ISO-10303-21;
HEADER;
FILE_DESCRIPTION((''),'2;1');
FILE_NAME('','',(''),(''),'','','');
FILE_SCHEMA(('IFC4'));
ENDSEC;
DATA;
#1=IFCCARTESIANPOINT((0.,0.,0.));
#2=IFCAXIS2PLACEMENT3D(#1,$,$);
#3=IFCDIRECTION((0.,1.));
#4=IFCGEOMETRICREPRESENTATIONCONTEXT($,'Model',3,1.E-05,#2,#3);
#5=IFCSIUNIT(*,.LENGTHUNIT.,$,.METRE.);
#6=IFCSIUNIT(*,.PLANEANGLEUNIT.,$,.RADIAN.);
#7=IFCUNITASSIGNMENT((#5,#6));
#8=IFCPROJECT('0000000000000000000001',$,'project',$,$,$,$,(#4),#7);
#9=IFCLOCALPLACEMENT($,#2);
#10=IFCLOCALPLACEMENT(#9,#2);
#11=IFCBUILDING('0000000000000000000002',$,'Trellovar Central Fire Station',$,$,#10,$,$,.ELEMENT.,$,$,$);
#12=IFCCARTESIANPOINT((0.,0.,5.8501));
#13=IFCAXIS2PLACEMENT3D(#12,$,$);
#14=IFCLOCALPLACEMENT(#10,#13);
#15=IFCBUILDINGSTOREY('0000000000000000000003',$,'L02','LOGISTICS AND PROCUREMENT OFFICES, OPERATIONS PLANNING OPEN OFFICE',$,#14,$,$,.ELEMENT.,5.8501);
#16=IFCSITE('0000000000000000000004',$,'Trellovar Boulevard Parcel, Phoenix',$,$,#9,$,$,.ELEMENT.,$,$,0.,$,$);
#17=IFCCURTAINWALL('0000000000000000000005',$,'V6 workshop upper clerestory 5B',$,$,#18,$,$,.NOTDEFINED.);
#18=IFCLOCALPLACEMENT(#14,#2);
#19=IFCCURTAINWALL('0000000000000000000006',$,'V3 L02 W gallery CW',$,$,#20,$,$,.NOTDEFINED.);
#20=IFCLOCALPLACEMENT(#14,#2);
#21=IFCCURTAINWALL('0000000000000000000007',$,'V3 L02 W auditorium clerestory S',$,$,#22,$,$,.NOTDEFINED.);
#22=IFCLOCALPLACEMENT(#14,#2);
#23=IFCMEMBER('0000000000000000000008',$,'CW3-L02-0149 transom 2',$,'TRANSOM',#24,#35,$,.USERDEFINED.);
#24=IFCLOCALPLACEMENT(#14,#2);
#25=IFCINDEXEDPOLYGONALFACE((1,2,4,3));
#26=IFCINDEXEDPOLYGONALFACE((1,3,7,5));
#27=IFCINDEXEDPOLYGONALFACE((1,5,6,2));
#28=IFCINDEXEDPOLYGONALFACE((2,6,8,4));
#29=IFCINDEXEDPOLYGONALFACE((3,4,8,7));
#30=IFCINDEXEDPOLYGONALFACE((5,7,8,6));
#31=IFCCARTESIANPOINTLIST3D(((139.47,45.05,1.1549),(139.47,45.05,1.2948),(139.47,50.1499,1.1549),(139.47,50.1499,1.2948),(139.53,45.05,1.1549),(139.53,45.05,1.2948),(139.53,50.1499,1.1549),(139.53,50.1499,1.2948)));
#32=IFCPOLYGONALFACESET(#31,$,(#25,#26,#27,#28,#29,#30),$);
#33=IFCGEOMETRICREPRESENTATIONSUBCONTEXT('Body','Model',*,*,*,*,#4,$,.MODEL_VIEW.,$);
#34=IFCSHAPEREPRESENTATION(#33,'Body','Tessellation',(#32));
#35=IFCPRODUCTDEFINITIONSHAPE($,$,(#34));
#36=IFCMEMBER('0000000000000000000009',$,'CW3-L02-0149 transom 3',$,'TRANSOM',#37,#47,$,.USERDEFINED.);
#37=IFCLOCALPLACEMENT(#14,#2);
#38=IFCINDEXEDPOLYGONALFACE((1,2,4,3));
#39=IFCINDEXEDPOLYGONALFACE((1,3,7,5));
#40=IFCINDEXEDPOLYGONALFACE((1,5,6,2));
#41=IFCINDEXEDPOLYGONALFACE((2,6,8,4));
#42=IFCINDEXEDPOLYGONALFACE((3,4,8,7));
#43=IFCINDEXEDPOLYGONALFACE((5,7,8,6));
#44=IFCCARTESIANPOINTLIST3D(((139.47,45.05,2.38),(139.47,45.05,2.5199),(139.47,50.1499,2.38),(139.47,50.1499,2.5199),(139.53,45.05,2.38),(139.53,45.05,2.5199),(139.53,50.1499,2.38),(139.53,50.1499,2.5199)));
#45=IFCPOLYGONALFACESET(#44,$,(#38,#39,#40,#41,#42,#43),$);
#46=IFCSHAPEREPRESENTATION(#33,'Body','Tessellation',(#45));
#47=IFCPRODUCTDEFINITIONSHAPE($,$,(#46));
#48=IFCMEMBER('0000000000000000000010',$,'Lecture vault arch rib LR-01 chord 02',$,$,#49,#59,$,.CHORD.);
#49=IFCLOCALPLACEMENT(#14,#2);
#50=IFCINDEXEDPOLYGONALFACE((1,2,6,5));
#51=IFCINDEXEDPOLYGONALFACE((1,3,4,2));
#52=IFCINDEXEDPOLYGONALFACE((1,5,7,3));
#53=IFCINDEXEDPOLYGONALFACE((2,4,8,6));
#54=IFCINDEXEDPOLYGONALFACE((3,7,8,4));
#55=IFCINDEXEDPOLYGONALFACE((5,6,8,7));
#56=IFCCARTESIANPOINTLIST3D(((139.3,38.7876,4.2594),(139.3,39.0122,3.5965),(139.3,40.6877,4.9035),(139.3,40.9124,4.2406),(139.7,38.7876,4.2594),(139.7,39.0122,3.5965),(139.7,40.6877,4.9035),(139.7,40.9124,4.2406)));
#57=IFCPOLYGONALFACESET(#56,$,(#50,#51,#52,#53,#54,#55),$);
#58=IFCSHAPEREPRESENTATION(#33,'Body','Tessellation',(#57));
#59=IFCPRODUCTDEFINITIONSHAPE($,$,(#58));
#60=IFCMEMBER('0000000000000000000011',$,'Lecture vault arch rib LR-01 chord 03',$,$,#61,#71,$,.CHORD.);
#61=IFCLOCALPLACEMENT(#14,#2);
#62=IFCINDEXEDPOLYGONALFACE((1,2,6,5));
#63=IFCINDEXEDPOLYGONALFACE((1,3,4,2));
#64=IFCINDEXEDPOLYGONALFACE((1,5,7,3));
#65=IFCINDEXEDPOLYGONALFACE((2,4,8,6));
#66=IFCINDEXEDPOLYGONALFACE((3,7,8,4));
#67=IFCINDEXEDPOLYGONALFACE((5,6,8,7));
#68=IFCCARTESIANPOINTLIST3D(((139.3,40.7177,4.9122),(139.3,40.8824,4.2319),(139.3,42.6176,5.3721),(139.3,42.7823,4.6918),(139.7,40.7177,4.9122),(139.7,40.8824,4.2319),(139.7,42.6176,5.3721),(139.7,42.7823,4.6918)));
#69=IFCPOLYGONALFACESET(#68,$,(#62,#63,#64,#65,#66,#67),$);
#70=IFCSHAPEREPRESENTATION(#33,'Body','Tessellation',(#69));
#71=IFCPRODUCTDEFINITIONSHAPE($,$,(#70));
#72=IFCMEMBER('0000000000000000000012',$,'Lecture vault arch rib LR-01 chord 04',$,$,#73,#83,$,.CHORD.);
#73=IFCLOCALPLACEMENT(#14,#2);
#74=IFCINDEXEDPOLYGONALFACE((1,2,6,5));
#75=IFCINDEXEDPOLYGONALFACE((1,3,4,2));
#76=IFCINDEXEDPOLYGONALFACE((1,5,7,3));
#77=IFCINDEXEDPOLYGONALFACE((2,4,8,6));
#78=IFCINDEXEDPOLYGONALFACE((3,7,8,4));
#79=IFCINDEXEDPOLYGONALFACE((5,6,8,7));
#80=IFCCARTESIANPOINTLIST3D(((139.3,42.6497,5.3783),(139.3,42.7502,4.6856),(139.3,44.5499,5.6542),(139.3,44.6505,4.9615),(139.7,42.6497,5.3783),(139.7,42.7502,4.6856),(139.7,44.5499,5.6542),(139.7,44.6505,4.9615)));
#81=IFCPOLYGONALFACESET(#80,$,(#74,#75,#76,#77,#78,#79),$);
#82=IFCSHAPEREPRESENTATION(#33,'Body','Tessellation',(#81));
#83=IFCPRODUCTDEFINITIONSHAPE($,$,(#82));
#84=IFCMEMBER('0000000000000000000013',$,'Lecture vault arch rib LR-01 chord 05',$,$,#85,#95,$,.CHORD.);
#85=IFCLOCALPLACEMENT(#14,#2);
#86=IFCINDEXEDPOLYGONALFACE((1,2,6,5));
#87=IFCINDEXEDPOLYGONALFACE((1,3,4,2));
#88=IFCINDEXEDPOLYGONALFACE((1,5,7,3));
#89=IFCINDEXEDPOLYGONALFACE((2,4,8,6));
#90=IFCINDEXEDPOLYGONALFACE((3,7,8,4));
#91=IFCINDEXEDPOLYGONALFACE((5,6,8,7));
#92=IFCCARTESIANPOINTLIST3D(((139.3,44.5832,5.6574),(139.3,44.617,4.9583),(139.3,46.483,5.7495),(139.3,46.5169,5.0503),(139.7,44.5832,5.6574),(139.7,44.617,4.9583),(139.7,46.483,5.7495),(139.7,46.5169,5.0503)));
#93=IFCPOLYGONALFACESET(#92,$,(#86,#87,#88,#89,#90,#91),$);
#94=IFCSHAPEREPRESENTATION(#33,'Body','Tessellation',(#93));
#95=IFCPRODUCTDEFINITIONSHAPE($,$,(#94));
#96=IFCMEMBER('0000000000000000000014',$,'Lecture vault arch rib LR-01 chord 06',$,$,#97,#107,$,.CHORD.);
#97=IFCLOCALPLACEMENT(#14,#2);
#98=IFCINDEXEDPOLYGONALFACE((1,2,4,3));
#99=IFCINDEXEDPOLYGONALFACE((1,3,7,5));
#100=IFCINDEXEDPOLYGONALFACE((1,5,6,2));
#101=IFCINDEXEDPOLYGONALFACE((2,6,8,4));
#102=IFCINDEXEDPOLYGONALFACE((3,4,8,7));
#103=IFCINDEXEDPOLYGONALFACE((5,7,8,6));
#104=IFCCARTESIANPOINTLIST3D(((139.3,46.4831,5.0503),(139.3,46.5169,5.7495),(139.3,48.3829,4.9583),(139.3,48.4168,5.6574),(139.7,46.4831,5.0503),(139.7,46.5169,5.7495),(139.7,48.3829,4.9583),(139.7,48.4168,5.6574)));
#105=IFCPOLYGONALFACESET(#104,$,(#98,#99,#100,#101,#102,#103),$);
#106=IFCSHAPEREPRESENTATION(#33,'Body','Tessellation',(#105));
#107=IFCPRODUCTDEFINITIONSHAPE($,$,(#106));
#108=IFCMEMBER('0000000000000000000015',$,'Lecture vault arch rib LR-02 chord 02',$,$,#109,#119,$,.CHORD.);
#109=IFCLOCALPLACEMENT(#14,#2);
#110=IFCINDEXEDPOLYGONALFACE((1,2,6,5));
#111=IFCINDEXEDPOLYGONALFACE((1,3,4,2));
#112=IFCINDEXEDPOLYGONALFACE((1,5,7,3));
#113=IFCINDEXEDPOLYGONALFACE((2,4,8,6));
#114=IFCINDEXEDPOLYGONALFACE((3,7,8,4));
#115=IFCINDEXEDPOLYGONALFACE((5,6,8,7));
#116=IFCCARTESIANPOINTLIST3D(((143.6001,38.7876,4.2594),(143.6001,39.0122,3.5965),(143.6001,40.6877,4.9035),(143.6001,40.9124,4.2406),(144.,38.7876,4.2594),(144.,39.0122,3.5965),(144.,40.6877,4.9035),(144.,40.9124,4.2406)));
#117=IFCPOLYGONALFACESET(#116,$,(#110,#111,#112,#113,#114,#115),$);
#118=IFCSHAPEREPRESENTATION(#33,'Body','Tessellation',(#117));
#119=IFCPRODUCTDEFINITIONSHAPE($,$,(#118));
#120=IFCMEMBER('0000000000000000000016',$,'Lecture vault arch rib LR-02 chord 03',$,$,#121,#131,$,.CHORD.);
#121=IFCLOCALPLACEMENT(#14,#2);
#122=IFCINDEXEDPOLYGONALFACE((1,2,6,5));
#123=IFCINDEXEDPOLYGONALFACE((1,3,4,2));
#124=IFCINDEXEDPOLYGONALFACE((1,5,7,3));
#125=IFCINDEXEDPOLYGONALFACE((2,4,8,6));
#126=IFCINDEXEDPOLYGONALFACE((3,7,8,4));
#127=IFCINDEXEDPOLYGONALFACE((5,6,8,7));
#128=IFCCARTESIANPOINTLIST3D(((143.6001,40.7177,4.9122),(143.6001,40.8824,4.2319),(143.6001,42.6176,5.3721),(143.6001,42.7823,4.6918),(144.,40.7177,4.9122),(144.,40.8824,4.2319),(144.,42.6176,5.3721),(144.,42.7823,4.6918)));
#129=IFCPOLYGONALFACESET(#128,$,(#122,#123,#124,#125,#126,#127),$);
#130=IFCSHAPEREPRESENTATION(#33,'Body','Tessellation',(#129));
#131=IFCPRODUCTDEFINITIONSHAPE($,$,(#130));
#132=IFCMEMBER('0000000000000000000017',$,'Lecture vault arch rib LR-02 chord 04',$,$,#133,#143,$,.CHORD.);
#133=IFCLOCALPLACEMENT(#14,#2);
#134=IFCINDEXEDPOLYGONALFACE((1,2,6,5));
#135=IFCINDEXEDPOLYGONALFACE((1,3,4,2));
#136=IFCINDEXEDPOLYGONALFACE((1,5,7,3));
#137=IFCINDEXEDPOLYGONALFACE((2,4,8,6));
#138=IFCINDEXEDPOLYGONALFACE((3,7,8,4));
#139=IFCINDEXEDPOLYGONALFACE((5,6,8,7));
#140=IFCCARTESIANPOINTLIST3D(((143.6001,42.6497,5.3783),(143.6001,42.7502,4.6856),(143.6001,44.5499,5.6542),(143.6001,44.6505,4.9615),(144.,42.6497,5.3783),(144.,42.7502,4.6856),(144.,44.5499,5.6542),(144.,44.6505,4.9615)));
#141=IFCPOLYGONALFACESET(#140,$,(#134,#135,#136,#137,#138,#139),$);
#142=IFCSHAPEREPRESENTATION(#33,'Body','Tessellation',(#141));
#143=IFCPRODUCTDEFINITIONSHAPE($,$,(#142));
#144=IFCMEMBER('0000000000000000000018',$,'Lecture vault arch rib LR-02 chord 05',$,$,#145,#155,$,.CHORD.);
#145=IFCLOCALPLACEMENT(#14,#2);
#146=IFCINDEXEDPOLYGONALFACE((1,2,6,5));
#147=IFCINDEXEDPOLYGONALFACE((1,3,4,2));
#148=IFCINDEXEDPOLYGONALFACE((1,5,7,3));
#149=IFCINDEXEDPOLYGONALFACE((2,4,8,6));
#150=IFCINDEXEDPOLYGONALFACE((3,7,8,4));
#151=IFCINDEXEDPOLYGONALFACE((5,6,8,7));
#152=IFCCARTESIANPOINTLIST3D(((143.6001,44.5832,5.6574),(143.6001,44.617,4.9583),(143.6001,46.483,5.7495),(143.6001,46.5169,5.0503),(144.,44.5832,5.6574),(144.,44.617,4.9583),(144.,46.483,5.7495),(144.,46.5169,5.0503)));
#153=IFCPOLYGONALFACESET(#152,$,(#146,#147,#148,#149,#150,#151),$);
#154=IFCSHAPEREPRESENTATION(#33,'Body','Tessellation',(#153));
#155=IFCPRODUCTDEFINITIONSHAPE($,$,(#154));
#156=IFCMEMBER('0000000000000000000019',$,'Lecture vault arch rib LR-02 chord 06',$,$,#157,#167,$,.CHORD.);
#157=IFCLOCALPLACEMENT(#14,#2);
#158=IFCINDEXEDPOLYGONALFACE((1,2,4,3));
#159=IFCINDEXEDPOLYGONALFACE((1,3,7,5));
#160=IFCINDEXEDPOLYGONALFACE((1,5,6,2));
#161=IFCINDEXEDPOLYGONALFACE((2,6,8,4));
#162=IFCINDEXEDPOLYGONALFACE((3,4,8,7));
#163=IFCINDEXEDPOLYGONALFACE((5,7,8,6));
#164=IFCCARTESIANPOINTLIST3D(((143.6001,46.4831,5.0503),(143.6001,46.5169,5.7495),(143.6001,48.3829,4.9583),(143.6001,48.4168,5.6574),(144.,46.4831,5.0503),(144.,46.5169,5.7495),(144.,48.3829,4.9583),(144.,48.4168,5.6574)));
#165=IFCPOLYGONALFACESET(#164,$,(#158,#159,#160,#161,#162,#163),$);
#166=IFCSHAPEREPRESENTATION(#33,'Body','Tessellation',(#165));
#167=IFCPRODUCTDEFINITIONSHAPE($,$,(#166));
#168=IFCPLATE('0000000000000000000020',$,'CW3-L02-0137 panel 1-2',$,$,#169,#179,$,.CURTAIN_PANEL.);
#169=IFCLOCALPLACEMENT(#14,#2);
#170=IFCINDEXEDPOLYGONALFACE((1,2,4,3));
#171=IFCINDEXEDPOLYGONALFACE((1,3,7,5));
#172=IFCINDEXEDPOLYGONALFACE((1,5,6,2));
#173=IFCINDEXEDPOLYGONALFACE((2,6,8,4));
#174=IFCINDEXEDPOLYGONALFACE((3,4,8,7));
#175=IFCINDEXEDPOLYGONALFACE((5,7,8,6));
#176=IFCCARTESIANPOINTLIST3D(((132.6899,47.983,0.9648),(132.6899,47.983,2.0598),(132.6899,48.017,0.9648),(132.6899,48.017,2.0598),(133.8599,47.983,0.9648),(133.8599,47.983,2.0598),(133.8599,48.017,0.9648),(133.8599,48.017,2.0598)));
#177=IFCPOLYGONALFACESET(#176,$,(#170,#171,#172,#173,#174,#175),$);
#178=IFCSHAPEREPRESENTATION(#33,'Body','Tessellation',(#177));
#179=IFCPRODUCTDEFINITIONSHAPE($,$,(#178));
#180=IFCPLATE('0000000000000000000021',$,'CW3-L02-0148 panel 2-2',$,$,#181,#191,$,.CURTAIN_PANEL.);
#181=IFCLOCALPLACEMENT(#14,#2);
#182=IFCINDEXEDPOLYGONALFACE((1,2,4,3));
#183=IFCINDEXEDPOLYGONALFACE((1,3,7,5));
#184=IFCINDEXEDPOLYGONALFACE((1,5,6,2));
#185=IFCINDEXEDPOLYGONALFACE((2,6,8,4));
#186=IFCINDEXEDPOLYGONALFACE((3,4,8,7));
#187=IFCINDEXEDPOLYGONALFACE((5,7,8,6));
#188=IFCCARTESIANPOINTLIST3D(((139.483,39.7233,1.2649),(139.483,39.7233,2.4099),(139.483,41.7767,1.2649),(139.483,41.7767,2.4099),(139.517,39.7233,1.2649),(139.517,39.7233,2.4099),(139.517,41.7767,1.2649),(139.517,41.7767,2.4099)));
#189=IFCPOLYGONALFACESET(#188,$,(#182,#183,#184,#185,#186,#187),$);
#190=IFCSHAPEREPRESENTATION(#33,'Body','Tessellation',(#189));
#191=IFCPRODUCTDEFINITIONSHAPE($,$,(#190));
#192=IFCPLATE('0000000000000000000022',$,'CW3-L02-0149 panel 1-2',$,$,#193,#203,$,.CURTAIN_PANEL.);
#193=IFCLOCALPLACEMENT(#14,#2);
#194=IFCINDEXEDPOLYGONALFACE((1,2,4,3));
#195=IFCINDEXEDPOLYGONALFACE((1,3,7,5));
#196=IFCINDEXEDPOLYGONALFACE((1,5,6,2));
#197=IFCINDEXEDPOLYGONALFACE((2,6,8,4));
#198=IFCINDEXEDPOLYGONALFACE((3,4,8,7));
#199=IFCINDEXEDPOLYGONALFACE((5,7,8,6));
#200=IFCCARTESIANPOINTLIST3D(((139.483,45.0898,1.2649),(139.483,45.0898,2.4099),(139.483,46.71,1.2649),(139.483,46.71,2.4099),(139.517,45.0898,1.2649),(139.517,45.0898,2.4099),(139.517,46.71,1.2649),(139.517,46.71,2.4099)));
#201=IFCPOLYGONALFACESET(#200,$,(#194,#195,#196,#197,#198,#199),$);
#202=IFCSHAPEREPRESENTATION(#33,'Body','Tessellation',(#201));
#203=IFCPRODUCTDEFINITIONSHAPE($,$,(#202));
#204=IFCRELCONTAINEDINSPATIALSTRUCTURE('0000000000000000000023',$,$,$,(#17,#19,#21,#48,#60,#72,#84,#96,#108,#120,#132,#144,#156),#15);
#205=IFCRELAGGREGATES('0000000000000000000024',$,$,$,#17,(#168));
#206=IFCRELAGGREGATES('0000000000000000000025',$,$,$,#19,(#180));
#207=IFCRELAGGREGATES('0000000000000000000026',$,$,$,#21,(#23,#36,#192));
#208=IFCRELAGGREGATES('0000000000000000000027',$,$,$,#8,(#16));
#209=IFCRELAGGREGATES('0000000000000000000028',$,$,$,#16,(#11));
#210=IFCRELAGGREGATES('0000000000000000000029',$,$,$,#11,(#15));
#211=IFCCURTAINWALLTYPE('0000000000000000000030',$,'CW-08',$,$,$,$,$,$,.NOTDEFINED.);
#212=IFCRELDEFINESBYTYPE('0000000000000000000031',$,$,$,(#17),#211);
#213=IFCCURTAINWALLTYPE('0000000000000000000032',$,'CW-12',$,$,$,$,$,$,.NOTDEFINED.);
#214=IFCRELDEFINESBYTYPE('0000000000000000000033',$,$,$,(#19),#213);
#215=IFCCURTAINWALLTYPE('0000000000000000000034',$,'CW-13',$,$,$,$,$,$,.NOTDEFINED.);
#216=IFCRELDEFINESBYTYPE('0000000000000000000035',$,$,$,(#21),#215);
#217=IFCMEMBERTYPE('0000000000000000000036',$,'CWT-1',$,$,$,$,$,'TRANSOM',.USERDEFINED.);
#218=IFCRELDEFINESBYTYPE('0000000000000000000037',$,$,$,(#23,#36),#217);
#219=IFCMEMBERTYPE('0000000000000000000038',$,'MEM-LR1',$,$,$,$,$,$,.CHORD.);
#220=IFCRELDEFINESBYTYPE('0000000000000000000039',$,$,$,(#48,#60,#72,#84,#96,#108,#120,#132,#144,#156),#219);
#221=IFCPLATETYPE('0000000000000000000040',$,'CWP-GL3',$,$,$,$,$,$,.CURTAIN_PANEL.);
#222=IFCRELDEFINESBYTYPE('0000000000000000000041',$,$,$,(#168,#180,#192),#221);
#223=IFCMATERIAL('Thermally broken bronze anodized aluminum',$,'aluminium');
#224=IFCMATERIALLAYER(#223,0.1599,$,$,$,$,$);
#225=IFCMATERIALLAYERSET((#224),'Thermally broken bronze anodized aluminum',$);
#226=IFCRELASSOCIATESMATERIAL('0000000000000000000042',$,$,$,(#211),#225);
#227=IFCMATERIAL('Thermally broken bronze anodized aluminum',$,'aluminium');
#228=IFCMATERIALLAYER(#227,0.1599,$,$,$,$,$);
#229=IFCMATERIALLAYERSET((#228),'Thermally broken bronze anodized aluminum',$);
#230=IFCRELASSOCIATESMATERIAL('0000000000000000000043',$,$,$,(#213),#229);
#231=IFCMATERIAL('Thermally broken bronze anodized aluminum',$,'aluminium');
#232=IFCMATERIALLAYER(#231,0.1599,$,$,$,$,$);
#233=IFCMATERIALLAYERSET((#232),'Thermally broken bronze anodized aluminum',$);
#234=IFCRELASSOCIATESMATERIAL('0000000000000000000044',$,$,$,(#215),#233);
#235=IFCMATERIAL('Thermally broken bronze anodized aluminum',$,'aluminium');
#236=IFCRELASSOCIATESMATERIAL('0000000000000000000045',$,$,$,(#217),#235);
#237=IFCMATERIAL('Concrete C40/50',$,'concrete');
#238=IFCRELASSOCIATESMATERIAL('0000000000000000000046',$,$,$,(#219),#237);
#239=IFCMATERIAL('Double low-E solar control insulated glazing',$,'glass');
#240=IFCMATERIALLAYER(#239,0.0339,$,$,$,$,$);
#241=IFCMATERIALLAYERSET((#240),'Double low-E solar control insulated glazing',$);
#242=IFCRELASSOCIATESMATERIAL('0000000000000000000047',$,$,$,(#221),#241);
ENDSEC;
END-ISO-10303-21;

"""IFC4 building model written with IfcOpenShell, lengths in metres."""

from ifc_helpers import new_model, si_unit, direction, frame, origin, origin_2d, place, context, subcontext, project, spatial, rectangle, extrude, material, layer, layer_set, material_profile, profile_set, type_object, element, aggregate, save


model = new_model("IFC4")

# Units and contexts
model_context = context("Model", 3, precision=1e-05, world=origin(), true_north=direction((0.0, 1.0)))
body_context = subcontext(model_context, "Body", "Model", "MODEL_VIEW")
ifc_project = project(units=[si_unit("LENGTHUNIT", "METRE"), si_unit("PLANEANGLEUNIT", "RADIAN")], contexts=[model_context])

# Site, building, storey
site_placement = place(None, origin())
site = spatial("IfcSite", under=ifc_project, at=site_placement, Name="Trellovar Boulevard Parcel, Phoenix", CompositionType="ELEMENT", RefElevation=0.0)
building_placement = place(site_placement, origin())
building = spatial("IfcBuilding", under=site, at=building_placement, Name="Trellovar Central Fire Station", CompositionType="ELEMENT")
storey_placement = place(building_placement, frame((0.0, 0.0, 5.8501)))
storey = spatial("IfcBuildingStorey", under=building, at=storey_placement, Name="L02", Description="LOGISTICS AND PROCUREMENT OFFICES, OPERATIONS PLANNING OPEN OFFICE", CompositionType="ELEMENT", Elevation=5.8501)

# Curtain wall
ifc_material_1 = material(Name="Thermally broken bronze anodized aluminum", Category="aluminium")
ifc_layer_1 = layer(ifc_material_1, 0.1599)
ifc_layer_set_1 = layer_set([ifc_layer_1], Name="Thermally broken bronze anodized aluminum")
curtain_wall_type_1 = type_object("IfcCurtainWallType", Name="CW-08", PredefinedType="NOTDEFINED", material=ifc_layer_set_1)
curtain_wall_1_placement = place(storey_placement, origin())
curtain_wall_1 = element("IfcCurtainWall", 1, at=curtain_wall_1_placement, inside=storey, type_object=curtain_wall_type_1, Name="V6 workshop upper clerestory 5B", PredefinedType="NOTDEFINED")

# Curtain walls
ifc_material_2 = material(Name="Thermally broken bronze anodized aluminum", Category="aluminium")
ifc_layer_2 = layer(ifc_material_2, 0.1599)
ifc_layer_set_2 = layer_set([ifc_layer_2], Name="Thermally broken bronze anodized aluminum")
curtain_wall_type_2 = type_object("IfcCurtainWallType", Name="CW-12", PredefinedType="NOTDEFINED", material=ifc_layer_set_2)
curtain_wall_2_placement = place(storey_placement, origin())
curtain_wall_2 = element("IfcCurtainWall", 2, at=curtain_wall_2_placement, inside=storey, type_object=curtain_wall_type_2, Name="V3 L02 W gallery CW", PredefinedType="NOTDEFINED")
ifc_material_3 = material(Name="Thermally broken bronze anodized aluminum", Category="aluminium")
ifc_layer_3 = layer(ifc_material_3, 0.1599)
ifc_layer_set_3 = layer_set([ifc_layer_3], Name="Thermally broken bronze anodized aluminum")
curtain_wall_type_3 = type_object("IfcCurtainWallType", Name="CW-13", PredefinedType="NOTDEFINED", material=ifc_layer_set_3)
curtain_wall_3_placement = place(storey_placement, origin())
curtain_wall_3 = element("IfcCurtainWall", 3, at=curtain_wall_3_placement, inside=storey, type_object=curtain_wall_type_3, Name="V3 L02 W auditorium clerestory S", PredefinedType="NOTDEFINED")

# Members
ifc_material_4 = material(Name="Thermally broken bronze anodized aluminum", Category="aluminium")
ifc_material_profile_1 = material_profile(ifc_material_4, rectangle(XDim=0.0601, YDim=0.1399, at=origin_2d()), Name="ALU60X140")
ifc_profile_set_1 = profile_set([ifc_material_profile_1], Name="Thermally broken bronze anodized aluminum")
member_type_1 = type_object("IfcMemberType", Name="CWT-1", ElementType="TRANSOM", PredefinedType="USERDEFINED", material=ifc_profile_set_1)
member_1_placement = place(storey_placement, frame((139.5, 45.05, 1.2249), z_axis=(0.0, 1.0, 0.0), x_axis=(-1.0, 0.0, 0.0)))
member_1 = element("IfcMember", 4, at=member_1_placement, type_object=member_type_1, Name="CW3-L02-0149 transom 2", ObjectType="TRANSOM", PredefinedType="USERDEFINED", context=body_context, shape_type="SweptSolid", body=[
    extrude(rectangle(XDim=0.0601, YDim=0.1399, at=origin_2d()), origin(), (0.0, 0.0, 1.0), 5.0999),
])
member_2_placement = place(storey_placement, frame((139.5, 45.05, 2.45), z_axis=(0.0, 1.0, 0.0), x_axis=(-1.0, 0.0, 0.0)))
member_2 = element("IfcMember", 5, at=member_2_placement, type_object=member_type_1, Name="CW3-L02-0149 transom 3", ObjectType="TRANSOM", PredefinedType="USERDEFINED", context=body_context, shape_type="SweptSolid", body=[
    extrude(rectangle(XDim=0.0601, YDim=0.1399, at=origin_2d()), origin(), (0.0, 0.0, 1.0), 5.0999),
])

# Members
ifc_material_5 = material(Name="Concrete C40/50", Category="concrete")
ifc_material_profile_2 = material_profile(ifc_material_5, rectangle(XDim=0.3999, YDim=0.7, at=origin_2d()), Name="RC400X700")
ifc_profile_set_2 = profile_set([ifc_material_profile_2], Name="Concrete C40/50")
member_type_2 = type_object("IfcMemberType", Name="MEM-LR1", PredefinedType="CHORD", material=ifc_profile_set_2)
member_3_placement = place(storey_placement, frame((139.5, 38.8999, 3.928), z_axis=(0.0, 0.947077, 0.321006), x_axis=(-1.0, 0.0, 0.0)))
element("IfcMember", 6, at=member_3_placement, inside=storey, type_object=member_type_2, Name="Lecture vault arch rib LR-01 chord 02", PredefinedType="CHORD", context=body_context, shape_type="SweptSolid", body=[
    extrude(rectangle(XDim=0.3999, YDim=0.7, at=origin_2d()), origin(), (0.0, 0.0, 1.0), 2.0063),
])
member_4_placement = place(storey_placement, frame((139.5, 40.8, 4.572), z_axis=(0.0, 0.971923, 0.2353), x_axis=(-1.0, 0.0, 0.0)))
element("IfcMember", 7, at=member_4_placement, inside=storey, type_object=member_type_2, Name="Lecture vault arch rib LR-01 chord 03", PredefinedType="CHORD", context=body_context, shape_type="SweptSolid", body=[
    extrude(rectangle(XDim=0.3999, YDim=0.7, at=origin_2d()), origin(), (0.0, 0.0, 1.0), 1.9548),
])
member_5_placement = place(storey_placement, frame((139.5, 42.7, 5.032), z_axis=(0.0, 0.989624, 0.143682), x_axis=(-1.0, 0.0, 0.0)))
element("IfcMember", 8, at=member_5_placement, inside=storey, type_object=member_type_2, Name="Lecture vault arch rib LR-01 chord 04", PredefinedType="CHORD", context=body_context, shape_type="SweptSolid", body=[
    extrude(rectangle(XDim=0.3999, YDim=0.7, at=origin_2d()), origin(), (0.0, 0.0, 1.0), 1.9202),
])
for number, where, z_axis, x_axis, name in (
    (9, (139.5, 44.6001, 5.3079), (0.0, 0.998829, 0.048388), (-1.0, 0.0, 0.0), "Lecture vault arch rib LR-01 chord 05"),
    (10, (139.5, 46.5, 5.3999), (0.0, 0.998829, -0.048388), (-1.0, 0.0, 0.0), "Lecture vault arch rib LR-01 chord 06"),
):
    element("IfcMember", number, at=place(storey_placement, frame(where, z_axis=z_axis, x_axis=x_axis)), inside=storey, type_object=member_type_2, Name=name, PredefinedType="CHORD", context=body_context, shape_type="SweptSolid", body=[
        extrude(rectangle(XDim=0.3999, YDim=0.7, at=origin_2d()), origin(), (0.0, 0.0, 1.0), 1.9021),
    ])
member_6_placement = place(storey_placement, frame((143.8, 38.8999, 3.928), z_axis=(0.0, 0.947077, 0.321006), x_axis=(-1.0, 0.0, 0.0)))
element("IfcMember", 11, at=member_6_placement, inside=storey, type_object=member_type_2, Name="Lecture vault arch rib LR-02 chord 02", PredefinedType="CHORD", context=body_context, shape_type="SweptSolid", body=[
    extrude(rectangle(XDim=0.3999, YDim=0.7, at=origin_2d()), origin(), (0.0, 0.0, 1.0), 2.0063),
])
member_7_placement = place(storey_placement, frame((143.8, 40.8, 4.572), z_axis=(0.0, 0.971923, 0.2353), x_axis=(-1.0, 0.0, 0.0)))
element("IfcMember", 12, at=member_7_placement, inside=storey, type_object=member_type_2, Name="Lecture vault arch rib LR-02 chord 03", PredefinedType="CHORD", context=body_context, shape_type="SweptSolid", body=[
    extrude(rectangle(XDim=0.3999, YDim=0.7, at=origin_2d()), origin(), (0.0, 0.0, 1.0), 1.9548),
])
member_8_placement = place(storey_placement, frame((143.8, 42.7, 5.032), z_axis=(0.0, 0.989624, 0.143682), x_axis=(-1.0, 0.0, 0.0)))
element("IfcMember", 13, at=member_8_placement, inside=storey, type_object=member_type_2, Name="Lecture vault arch rib LR-02 chord 04", PredefinedType="CHORD", context=body_context, shape_type="SweptSolid", body=[
    extrude(rectangle(XDim=0.3999, YDim=0.7, at=origin_2d()), origin(), (0.0, 0.0, 1.0), 1.9202),
])
for number, where, z_axis, x_axis, name in (
    (14, (143.8, 44.6001, 5.3079), (0.0, 0.998829, 0.048388), (-1.0, 0.0, 0.0), "Lecture vault arch rib LR-02 chord 05"),
    (15, (143.8, 46.5, 5.3999), (0.0, 0.998829, -0.048388), (-1.0, 0.0, 0.0), "Lecture vault arch rib LR-02 chord 06"),
):
    element("IfcMember", number, at=place(storey_placement, frame(where, z_axis=z_axis, x_axis=x_axis)), inside=storey, type_object=member_type_2, Name=name, PredefinedType="CHORD", context=body_context, shape_type="SweptSolid", body=[
        extrude(rectangle(XDim=0.3999, YDim=0.7, at=origin_2d()), origin(), (0.0, 0.0, 1.0), 1.9021),
    ])

# Plates
ifc_material_6 = material(Name="Double low-E solar control insulated glazing", Category="glass")
ifc_layer_4 = layer(ifc_material_6, 0.0339)
ifc_layer_set_4 = layer_set([ifc_layer_4], Name="Double low-E solar control insulated glazing")
plate_type_1 = type_object("IfcPlateType", Name="CWP-GL3", PredefinedType="CURTAIN_PANEL", material=ifc_layer_set_4)
plate_1_placement = place(storey_placement, frame((133.2749, 48.0, 0.9648), z_axis=(0.0, 0.0, 1.0), x_axis=(1.0, 0.0, 0.0)))
plate_1 = element("IfcPlate", 16, at=plate_1_placement, type_object=plate_type_1, Name="CW3-L02-0137 panel 1-2", PredefinedType="CURTAIN_PANEL", context=body_context, shape_type="SweptSolid", body=[
    extrude(rectangle(XDim=1.1699, YDim=0.0339, at=origin_2d()), origin(), (0.0, 0.0, 1.0), 1.095),
])
plate_2_placement = place(storey_placement, frame((139.5, 40.75, 1.2649), z_axis=(0.0, 0.0, 1.0), x_axis=(0.0, 1.0, 0.0)))
plate_2 = element("IfcPlate", 17, at=plate_2_placement, type_object=plate_type_1, Name="CW3-L02-0148 panel 2-2", PredefinedType="CURTAIN_PANEL", context=body_context, shape_type="SweptSolid", body=[
    extrude(rectangle(XDim=2.0535, YDim=0.0339, at=origin_2d()), origin(), (0.0, 0.0, 1.0), 1.145),
])
plate_3_placement = place(storey_placement, frame((139.5, 45.8999, 1.2649), z_axis=(0.0, 0.0, 1.0), x_axis=(0.0, 1.0, 0.0)))
plate_3 = element("IfcPlate", 18, at=plate_3_placement, type_object=plate_type_1, Name="CW3-L02-0149 panel 1-2", PredefinedType="CURTAIN_PANEL", context=body_context, shape_type="SweptSolid", body=[
    extrude(rectangle(XDim=1.6201, YDim=0.0339, at=origin_2d()), origin(), (0.0, 0.0, 1.0), 1.145),
])
aggregate(curtain_wall_1, [plate_1])
aggregate(curtain_wall_2, [plate_2])
aggregate(curtain_wall_3, [member_1, member_2, plate_3])

save(model, "model.ifc")
